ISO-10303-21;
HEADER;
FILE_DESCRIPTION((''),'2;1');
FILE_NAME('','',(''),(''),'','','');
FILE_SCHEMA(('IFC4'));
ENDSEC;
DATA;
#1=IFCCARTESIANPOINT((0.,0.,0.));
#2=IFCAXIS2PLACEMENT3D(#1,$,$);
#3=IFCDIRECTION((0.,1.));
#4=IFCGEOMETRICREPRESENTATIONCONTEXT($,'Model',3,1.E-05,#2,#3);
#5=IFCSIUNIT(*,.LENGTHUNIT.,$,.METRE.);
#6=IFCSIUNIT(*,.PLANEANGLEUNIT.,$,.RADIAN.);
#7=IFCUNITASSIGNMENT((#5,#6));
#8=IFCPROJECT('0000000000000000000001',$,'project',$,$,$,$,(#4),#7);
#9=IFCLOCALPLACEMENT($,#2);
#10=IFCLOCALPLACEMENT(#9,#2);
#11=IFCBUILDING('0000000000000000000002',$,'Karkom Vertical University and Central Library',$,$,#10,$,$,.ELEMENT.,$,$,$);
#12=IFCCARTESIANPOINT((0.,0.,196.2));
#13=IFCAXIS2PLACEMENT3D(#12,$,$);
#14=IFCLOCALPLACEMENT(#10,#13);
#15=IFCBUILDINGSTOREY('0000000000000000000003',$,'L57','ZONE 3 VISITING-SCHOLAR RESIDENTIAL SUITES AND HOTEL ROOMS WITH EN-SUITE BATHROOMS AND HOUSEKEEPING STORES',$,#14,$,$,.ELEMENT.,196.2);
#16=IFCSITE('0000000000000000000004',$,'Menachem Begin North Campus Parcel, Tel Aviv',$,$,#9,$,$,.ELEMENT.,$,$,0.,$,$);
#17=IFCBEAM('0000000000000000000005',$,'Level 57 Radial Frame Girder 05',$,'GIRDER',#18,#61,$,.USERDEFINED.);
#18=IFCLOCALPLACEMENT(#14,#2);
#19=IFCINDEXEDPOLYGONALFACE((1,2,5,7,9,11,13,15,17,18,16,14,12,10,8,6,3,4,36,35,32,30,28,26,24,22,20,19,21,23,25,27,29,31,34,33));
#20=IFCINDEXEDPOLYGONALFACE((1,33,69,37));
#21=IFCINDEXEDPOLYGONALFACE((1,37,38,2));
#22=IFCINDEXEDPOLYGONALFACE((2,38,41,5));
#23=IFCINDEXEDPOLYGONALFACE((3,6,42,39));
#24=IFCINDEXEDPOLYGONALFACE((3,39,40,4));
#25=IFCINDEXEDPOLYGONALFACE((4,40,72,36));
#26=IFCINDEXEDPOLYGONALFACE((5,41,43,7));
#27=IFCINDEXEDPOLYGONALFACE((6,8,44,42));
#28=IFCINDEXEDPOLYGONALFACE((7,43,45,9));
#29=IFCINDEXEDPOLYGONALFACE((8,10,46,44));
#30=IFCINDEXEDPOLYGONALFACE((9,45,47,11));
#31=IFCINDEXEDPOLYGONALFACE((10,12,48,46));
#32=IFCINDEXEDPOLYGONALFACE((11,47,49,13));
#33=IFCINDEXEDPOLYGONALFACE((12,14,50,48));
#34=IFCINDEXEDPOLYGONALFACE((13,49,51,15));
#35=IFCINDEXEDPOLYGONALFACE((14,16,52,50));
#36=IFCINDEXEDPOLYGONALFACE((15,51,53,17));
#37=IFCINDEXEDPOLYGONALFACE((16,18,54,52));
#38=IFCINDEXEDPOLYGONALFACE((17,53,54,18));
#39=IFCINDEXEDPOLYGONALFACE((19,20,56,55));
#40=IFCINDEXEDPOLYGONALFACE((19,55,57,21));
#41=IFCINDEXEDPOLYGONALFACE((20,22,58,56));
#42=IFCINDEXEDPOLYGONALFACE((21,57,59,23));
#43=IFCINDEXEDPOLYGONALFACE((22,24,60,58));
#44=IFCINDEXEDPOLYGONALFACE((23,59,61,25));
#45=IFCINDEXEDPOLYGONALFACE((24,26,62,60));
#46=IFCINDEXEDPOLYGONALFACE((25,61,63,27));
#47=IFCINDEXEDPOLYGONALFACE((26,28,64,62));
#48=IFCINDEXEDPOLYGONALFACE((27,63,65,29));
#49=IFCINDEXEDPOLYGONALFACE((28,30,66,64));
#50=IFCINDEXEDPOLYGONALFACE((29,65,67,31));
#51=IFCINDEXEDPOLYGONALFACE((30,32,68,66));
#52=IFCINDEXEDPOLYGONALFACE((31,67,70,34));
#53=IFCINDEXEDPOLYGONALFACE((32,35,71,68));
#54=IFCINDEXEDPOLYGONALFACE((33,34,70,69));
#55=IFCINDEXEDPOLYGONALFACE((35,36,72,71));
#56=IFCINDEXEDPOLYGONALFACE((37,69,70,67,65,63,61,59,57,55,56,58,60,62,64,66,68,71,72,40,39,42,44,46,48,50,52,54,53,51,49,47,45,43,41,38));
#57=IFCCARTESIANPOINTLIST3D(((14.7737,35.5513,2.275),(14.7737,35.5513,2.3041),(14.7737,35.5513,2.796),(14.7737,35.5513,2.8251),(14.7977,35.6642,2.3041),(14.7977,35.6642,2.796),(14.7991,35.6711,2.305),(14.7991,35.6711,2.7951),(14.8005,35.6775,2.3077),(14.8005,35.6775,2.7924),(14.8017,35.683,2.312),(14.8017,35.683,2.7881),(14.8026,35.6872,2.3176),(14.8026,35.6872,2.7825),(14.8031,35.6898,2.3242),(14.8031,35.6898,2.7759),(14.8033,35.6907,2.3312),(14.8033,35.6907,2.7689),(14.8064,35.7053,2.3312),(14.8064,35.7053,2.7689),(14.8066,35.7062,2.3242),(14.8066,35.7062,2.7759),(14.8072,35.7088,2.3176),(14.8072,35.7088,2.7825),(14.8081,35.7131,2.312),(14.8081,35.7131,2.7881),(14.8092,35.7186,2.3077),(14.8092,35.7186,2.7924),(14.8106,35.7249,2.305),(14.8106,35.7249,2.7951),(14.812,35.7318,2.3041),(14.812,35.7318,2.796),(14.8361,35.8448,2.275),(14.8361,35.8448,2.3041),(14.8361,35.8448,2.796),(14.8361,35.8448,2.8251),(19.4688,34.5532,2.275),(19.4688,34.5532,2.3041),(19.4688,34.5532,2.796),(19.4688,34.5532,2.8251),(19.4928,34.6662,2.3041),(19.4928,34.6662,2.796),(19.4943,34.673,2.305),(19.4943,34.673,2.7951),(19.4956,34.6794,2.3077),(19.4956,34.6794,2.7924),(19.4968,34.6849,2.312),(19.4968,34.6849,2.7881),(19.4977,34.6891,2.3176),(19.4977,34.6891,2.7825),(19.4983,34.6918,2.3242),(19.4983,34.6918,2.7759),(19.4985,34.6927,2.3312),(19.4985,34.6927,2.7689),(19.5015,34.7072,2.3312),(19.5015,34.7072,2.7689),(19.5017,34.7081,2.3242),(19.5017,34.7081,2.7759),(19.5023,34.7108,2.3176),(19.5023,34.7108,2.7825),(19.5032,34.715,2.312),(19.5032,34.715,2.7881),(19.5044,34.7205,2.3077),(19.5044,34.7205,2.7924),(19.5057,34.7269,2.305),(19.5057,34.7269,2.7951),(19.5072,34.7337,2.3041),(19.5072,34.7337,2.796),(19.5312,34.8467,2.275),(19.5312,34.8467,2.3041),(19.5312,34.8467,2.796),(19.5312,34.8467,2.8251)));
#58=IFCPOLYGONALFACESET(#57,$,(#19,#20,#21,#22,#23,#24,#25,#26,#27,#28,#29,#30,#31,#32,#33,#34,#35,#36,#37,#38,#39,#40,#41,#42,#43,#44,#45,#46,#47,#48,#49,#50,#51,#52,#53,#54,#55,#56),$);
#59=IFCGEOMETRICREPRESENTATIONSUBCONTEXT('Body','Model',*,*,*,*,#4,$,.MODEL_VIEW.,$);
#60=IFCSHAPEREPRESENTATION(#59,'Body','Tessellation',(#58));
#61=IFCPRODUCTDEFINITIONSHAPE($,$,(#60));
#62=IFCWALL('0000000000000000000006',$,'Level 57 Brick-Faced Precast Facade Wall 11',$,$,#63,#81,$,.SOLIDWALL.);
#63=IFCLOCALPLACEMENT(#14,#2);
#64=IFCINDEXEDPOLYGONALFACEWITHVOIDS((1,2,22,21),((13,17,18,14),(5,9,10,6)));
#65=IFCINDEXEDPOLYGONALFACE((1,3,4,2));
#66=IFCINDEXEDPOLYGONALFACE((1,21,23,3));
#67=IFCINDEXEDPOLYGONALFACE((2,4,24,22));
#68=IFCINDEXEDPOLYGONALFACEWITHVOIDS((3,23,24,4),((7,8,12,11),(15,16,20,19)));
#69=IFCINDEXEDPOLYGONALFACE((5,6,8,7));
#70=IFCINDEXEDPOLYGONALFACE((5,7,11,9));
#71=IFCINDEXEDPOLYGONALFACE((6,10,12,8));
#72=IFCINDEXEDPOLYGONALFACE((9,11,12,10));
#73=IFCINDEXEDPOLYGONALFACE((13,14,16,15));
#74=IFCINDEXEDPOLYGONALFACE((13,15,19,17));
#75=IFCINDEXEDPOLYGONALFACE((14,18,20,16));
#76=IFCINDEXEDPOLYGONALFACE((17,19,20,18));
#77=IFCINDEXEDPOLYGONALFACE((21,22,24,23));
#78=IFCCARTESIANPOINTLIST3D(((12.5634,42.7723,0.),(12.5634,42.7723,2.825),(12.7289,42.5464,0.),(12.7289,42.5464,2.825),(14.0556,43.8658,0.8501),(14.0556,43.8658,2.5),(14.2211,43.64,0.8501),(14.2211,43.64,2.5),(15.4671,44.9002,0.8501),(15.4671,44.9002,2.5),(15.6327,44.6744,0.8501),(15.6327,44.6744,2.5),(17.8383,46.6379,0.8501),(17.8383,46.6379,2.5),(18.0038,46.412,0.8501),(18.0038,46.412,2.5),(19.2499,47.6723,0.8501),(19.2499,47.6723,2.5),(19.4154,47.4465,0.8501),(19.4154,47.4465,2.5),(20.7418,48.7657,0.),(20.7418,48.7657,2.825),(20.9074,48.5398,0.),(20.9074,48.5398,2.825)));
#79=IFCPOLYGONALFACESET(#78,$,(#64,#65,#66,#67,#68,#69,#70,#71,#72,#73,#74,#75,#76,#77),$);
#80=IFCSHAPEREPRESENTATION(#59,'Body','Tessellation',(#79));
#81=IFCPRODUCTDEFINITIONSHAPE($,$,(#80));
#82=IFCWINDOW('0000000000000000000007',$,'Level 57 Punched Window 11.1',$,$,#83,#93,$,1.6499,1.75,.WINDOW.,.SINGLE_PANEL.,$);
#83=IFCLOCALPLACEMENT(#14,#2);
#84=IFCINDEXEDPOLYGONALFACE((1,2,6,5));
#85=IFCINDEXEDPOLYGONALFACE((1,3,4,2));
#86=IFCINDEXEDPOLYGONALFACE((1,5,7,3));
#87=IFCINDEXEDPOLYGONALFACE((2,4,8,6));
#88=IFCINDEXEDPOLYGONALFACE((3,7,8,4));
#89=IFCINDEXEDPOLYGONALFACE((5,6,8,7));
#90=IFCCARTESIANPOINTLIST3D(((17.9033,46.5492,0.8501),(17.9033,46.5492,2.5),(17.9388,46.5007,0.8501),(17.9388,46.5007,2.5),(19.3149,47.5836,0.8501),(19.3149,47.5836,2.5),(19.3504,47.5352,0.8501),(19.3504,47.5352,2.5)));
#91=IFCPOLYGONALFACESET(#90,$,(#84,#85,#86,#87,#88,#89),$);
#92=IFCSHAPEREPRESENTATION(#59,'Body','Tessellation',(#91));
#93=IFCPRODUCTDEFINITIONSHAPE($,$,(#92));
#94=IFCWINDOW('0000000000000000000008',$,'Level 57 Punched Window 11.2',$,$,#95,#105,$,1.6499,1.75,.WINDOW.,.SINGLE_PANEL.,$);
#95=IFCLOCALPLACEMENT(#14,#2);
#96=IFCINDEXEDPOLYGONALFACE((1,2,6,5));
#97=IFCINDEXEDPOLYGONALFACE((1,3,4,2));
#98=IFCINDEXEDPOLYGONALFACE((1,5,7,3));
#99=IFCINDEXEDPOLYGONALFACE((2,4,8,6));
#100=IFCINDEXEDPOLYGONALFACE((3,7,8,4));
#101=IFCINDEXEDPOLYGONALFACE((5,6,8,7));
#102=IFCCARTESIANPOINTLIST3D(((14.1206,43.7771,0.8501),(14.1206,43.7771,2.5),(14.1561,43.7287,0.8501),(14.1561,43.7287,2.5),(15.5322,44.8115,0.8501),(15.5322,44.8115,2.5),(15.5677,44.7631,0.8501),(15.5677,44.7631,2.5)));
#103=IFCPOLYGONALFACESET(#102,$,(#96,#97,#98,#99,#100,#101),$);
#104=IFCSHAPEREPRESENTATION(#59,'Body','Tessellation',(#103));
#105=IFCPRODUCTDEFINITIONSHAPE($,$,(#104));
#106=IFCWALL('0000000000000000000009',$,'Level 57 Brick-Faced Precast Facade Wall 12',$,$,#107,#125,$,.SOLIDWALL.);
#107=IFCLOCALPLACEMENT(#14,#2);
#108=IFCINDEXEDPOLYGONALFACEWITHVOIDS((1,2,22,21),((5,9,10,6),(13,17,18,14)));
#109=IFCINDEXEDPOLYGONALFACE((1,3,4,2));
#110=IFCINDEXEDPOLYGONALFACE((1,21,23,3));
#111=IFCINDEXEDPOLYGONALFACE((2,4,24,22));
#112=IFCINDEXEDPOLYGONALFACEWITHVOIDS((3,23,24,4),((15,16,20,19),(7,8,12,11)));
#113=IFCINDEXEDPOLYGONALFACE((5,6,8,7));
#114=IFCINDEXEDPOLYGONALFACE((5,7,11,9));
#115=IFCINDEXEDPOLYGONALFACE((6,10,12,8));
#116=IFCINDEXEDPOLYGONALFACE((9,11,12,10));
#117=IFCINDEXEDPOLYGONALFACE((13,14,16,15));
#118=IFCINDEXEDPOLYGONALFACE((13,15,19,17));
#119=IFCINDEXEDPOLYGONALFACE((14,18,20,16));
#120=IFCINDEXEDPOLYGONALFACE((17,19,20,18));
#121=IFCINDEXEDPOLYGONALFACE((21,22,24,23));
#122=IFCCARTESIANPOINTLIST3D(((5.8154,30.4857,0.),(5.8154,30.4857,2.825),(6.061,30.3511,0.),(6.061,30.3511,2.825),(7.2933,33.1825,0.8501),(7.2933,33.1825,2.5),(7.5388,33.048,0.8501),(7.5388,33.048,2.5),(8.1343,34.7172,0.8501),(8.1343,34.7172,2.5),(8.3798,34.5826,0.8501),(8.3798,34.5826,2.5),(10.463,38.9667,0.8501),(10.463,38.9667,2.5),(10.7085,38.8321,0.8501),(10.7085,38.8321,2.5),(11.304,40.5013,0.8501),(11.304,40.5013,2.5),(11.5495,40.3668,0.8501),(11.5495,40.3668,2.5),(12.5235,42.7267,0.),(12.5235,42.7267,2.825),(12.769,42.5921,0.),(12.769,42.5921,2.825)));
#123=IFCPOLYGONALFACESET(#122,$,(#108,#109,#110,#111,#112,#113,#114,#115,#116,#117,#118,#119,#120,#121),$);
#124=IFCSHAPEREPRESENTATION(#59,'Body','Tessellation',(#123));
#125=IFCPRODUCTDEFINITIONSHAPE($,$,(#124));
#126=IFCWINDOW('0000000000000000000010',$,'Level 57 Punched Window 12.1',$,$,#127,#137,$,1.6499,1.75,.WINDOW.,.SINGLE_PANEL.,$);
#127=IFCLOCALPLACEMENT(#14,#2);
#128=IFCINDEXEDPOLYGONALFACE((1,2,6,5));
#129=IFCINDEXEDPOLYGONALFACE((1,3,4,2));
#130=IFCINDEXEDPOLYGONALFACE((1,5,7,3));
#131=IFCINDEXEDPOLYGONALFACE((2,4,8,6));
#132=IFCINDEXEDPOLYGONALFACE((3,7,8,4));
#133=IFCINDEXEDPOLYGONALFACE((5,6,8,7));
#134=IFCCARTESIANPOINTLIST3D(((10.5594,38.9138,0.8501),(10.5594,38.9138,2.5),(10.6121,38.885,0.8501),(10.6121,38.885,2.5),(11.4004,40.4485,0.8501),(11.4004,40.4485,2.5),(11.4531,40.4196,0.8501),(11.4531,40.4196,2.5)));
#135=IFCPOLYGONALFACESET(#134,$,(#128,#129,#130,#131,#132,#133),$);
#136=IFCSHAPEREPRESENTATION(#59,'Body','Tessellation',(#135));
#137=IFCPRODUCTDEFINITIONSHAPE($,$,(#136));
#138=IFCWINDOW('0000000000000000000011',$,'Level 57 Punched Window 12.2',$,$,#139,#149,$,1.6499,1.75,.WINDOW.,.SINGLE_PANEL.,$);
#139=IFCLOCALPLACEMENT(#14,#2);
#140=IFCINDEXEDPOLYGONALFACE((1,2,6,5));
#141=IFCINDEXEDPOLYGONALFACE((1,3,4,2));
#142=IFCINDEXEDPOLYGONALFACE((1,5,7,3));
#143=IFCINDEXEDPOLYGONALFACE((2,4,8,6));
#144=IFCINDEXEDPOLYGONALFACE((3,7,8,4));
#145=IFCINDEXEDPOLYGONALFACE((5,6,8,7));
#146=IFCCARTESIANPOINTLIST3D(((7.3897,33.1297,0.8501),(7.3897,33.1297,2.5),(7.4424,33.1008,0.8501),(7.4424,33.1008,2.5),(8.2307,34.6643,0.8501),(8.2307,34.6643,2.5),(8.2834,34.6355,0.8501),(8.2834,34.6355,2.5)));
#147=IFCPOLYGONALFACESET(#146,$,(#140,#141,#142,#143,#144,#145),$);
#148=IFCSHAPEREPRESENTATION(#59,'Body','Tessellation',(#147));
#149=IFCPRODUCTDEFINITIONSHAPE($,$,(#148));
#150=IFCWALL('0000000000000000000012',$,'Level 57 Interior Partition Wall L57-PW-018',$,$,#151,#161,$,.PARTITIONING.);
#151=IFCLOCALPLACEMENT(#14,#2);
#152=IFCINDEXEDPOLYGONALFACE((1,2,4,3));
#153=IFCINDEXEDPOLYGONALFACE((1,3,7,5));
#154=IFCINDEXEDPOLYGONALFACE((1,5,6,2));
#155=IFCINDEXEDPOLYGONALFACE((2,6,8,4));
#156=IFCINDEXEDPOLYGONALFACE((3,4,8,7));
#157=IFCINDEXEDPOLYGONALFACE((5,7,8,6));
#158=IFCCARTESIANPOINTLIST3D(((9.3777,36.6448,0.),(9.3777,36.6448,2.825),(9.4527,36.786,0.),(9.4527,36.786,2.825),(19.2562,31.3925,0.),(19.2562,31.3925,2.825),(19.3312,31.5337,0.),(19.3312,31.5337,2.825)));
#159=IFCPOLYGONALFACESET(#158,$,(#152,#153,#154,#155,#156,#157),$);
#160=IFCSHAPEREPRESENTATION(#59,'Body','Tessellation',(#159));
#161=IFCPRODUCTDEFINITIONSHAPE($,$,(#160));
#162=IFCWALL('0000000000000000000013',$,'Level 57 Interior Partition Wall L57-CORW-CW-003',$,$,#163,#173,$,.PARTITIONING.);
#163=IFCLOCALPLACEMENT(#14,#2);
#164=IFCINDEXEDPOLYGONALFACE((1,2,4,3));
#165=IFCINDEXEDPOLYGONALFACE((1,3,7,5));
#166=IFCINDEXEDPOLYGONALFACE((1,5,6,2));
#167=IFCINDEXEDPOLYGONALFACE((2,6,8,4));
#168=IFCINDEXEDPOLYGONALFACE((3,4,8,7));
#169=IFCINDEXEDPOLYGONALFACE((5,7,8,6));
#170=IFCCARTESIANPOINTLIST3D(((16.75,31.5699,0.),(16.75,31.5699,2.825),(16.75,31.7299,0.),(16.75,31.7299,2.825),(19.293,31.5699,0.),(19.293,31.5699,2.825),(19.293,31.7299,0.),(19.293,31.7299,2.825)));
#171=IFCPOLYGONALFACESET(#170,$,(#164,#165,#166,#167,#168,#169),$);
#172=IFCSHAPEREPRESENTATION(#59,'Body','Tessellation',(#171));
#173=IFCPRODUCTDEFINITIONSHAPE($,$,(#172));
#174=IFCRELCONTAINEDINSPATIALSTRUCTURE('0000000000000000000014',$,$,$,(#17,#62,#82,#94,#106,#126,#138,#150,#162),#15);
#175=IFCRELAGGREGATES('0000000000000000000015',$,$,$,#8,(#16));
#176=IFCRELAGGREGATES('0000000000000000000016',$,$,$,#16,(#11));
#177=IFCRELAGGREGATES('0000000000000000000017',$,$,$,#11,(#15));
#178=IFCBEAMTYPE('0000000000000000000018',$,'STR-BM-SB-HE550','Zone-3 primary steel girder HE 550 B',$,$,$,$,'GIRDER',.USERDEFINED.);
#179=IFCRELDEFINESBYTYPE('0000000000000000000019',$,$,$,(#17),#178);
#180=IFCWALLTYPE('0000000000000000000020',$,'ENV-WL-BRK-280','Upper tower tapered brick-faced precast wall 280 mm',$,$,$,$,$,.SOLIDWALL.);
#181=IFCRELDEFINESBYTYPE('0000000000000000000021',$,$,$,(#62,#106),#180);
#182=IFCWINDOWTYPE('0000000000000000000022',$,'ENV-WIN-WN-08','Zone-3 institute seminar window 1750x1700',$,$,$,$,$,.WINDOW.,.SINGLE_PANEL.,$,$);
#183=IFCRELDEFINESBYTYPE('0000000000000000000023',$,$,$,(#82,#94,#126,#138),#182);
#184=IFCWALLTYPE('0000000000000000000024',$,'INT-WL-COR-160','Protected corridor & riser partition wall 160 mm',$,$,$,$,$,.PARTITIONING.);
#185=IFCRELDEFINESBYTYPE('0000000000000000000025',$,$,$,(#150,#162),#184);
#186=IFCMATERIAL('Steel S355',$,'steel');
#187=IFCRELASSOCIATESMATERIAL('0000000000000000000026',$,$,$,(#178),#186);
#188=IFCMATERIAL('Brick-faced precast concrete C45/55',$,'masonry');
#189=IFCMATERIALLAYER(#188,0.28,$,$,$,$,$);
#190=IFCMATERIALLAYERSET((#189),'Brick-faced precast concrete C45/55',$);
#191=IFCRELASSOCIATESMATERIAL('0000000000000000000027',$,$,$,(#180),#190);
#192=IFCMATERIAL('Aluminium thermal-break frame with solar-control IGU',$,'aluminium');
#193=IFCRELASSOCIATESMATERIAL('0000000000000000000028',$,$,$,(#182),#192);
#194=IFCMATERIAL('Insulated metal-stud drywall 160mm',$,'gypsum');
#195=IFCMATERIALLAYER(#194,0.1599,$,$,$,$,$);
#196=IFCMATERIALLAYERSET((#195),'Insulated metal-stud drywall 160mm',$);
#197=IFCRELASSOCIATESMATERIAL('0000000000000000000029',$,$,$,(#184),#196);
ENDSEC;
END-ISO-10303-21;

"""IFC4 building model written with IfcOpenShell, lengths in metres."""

from ifc_helpers import new_model, si_unit, direction, frame, frame_2d, origin, origin_with_axes, origin_2d, place, context, subcontext, project, spatial, rectangle, i_section, extrude, source, transform, mapped, material, layer, layer_set, material_profile, profile_set, type_object, element, fill, save


model = new_model("IFC4")

# Units and contexts
model_context = context("Model", 3, precision=1e-05, world=origin(), true_north=direction((0.0, 1.0)))
body_context = subcontext(model_context, "Body", "Model", "MODEL_VIEW")
ifc_project = project(units=[si_unit("LENGTHUNIT", "METRE"), si_unit("PLANEANGLEUNIT", "RADIAN")], contexts=[model_context])

# Site, building, storey
site_placement = place(None, origin())
site = spatial("IfcSite", under=ifc_project, at=site_placement, Name="Menachem Begin North Campus Parcel, Tel Aviv", CompositionType="ELEMENT", RefElevation=0.0)
building_placement = place(site_placement, origin())
building = spatial("IfcBuilding", under=site, at=building_placement, Name="Karkom Vertical University and Central Library", CompositionType="ELEMENT")
storey_placement = place(building_placement, frame((0.0, 0.0, 196.2)))
storey = spatial("IfcBuildingStorey", under=building, at=storey_placement, Name="L57", Description="ZONE 3 VISITING-SCHOLAR RESIDENTIAL SUITES AND HOTEL ROOMS WITH EN-SUITE BATHROOMS AND HOUSEKEEPING STORES", CompositionType="ELEMENT", Elevation=196.2)

# Beam
ifc_material_1 = material(Name="Steel S355", Category="steel")
ifc_material_profile_1 = material_profile(ifc_material_1, i_section(OverallWidth=0.3, OverallDepth=0.55, WebThickness=0.0149, FlangeThickness=0.0291, FilletRadius=0.0271, at=origin_2d()), Name="HE 550 B")
ifc_profile_set_1 = profile_set([ifc_material_profile_1], Name="Steel S355")
beam_type_1 = type_object("IfcBeamType", Name="STR-BM-SB-HE550", Description="Zone-3 primary steel girder HE 550 B", ElementType="GIRDER", PredefinedType="USERDEFINED", material=ifc_profile_set_1)
shared_shape_1 = source(origin_with_axes(), body_context, "Body", "SweptSolid", [
    extrude(i_section(OverallWidth=0.3, OverallDepth=0.55, WebThickness=0.0149, FlangeThickness=0.0291, FilletRadius=0.0271, at=origin_2d()), origin(), (0.0, 0.0, 1.0), 4.8),
])
beam_1_placement = place(storey_placement, frame((19.5, 34.7, 2.55), z_axis=(-0.978144, 0.207927, 0.0), x_axis=(-0.207927, -0.978144, 0.0)))
element("IfcBeam", 1, at=beam_1_placement, inside=storey, type_object=beam_type_1, Name="Level 57 Radial Frame Girder 05", ObjectType="GIRDER", PredefinedType="USERDEFINED", context=body_context, shape_type="MappedRepresentation", body=[
    mapped(shared_shape_1, transform((0.0, 0.0, 0.0), scale=1.0)),
])

# Walls, openings, windows
ifc_material_2 = material(Name="Brick-faced precast concrete C45/55", Category="masonry")
ifc_layer_1 = layer(ifc_material_2, 0.28)
ifc_layer_set_1 = layer_set([ifc_layer_1], Name="Brick-faced precast concrete C45/55")
wall_type_1 = type_object("IfcWallType", Name="ENV-WL-BRK-280", Description="Upper tower tapered brick-faced precast wall 280 mm", PredefinedType="SOLIDWALL", material=ifc_layer_set_1)
wall_1_placement = place(storey_placement, frame((20.8247, 48.6528, 0.0), z_axis=(0.0, 0.0, 1.0), x_axis=(-0.806599, -0.591098, 0.0)))
wall_1 = element("IfcWall", 2, at=wall_1_placement, inside=storey, type_object=wall_type_1, Name="Level 57 Brick-Faced Precast Facade Wall 11", PredefinedType="SOLIDWALL", context=body_context, shape_type="SweptSolid", body=[
    extrude(rectangle(XDim=10.1394, YDim=0.28, at=frame_2d((5.0698, 0.0))), origin(), (0.0, 0.0, 1.0), 2.825),
])
opening_1_placement = place(wall_1_placement, frame((1.8499, 0.0, 0.8501)))
opening_1 = element("IfcOpeningElement", 3, at=opening_1_placement, cuts=wall_1, PredefinedType="OPENING", context=body_context, shape_type="SweptSolid", body=[
    extrude(rectangle(XDim=1.75, YDim=1.6499, at=frame_2d((0.875, 0.825))), frame((0.0, 0.1499, 0.0), z_axis=(0.0, -1.0, 0.0), x_axis=(1.0, 0.0, 0.0)), (0.0, 0.0, 1.0), 0.3),
])
opening_2_placement = place(wall_1_placement, frame((6.5396, 0.0, 0.8501)))
opening_2 = element("IfcOpeningElement", 4, at=opening_2_placement, cuts=wall_1, PredefinedType="OPENING", context=body_context, shape_type="SweptSolid", body=[
    extrude(rectangle(XDim=1.75, YDim=1.6499, at=frame_2d((0.875, 0.825))), frame((0.0, 0.1499, 0.0), z_axis=(0.0, -1.0, 0.0), x_axis=(1.0, 0.0, 0.0)), (0.0, 0.0, 1.0), 0.3),
])
ifc_material_3 = material(Name="Aluminium thermal-break frame with solar-control IGU", Category="aluminium")
window_type = type_object("IfcWindowType", Name="ENV-WIN-WN-08", Description="Zone-3 institute seminar window 1750x1700", PartitioningType="SINGLE_PANEL", PredefinedType="WINDOW", material=ifc_material_3)
shared_shape_2 = source(origin_with_axes(), body_context, "Body", "SweptSolid", [
    extrude(rectangle(XDim=1.75, YDim=1.6499, at=frame_2d((0.875, 0.825))), frame((0.0, 0.03, 0.0), z_axis=(0.0, -1.0, 0.0), x_axis=(1.0, 0.0, 0.0)), (0.0, 0.0, 1.0), 0.0601),
])
window_1_placement = place(opening_1_placement, origin())
window_1 = element("IfcWindow", 5, at=window_1_placement, inside=storey, type_object=window_type, Name="Level 57 Punched Window 11.1", OverallHeight=1.6499, OverallWidth=1.75, PartitioningType="SINGLE_PANEL", PredefinedType="WINDOW", context=body_context, shape_type="MappedRepresentation", body=[
    mapped(shared_shape_2, transform((0.0, 0.0, 0.0), scale=1.0)),
])
fill(opening_1, window_1)
window_2_placement = place(opening_2_placement, origin())
window_2 = element("IfcWindow", 6, at=window_2_placement, inside=storey, type_object=window_type, Name="Level 57 Punched Window 11.2", OverallHeight=1.6499, OverallWidth=1.75, PartitioningType="SINGLE_PANEL", PredefinedType="WINDOW", context=body_context, shape_type="MappedRepresentation", body=[
    mapped(shared_shape_2, transform((0.0, 0.0, 0.0), scale=1.0)),
])
fill(opening_2, window_2)
wall_2_placement = place(storey_placement, frame((12.6462, 42.6594, 0.0), z_axis=(0.0, 0.0, 1.0), x_axis=(-0.480569, -0.876957, 0.0)))
wall_2 = element("IfcWall", 7, at=wall_2_placement, inside=storey, type_object=wall_type_1, Name="Level 57 Brick-Faced Precast Facade Wall 12", PredefinedType="SOLIDWALL", context=body_context, shape_type="SweptSolid", body=[
    extrude(rectangle(XDim=13.9585, YDim=0.28, at=frame_2d((6.9792, 0.0))), origin(), (0.0, 0.0, 1.0), 2.825),
])
opening_3_placement = place(wall_2_placement, frame((2.5376, 0.0, 0.8501)))
opening_3 = element("IfcOpeningElement", 8, at=opening_3_placement, cuts=wall_2, PredefinedType="OPENING", context=body_context, shape_type="SweptSolid", body=[
    extrude(rectangle(XDim=1.75, YDim=1.6499, at=frame_2d((0.875, 0.825))), frame((0.0, 0.1499, 0.0), z_axis=(0.0, -1.0, 0.0), x_axis=(1.0, 0.0, 0.0)), (0.0, 0.0, 1.0), 0.3),
])
opening_4_placement = place(wall_2_placement, frame((9.1333, 0.0, 0.8501)))
opening_4 = element("IfcOpeningElement", 9, at=opening_4_placement, cuts=wall_2, PredefinedType="OPENING", context=body_context, shape_type="SweptSolid", body=[
    extrude(rectangle(XDim=1.75, YDim=1.6499, at=frame_2d((0.875, 0.825))), frame((0.0, 0.1499, 0.0), z_axis=(0.0, -1.0, 0.0), x_axis=(1.0, 0.0, 0.0)), (0.0, 0.0, 1.0), 0.3),
])
window_3_placement = place(opening_3_placement, origin())
window_3 = element("IfcWindow", 10, at=window_3_placement, inside=storey, type_object=window_type, Name="Level 57 Punched Window 12.1", OverallHeight=1.6499, OverallWidth=1.75, PartitioningType="SINGLE_PANEL", PredefinedType="WINDOW", context=body_context, shape_type="MappedRepresentation", body=[
    mapped(shared_shape_2, transform((0.0, 0.0, 0.0), scale=1.0)),
])
fill(opening_3, window_3)
window_4_placement = place(opening_4_placement, origin())
window_4 = element("IfcWindow", 11, at=window_4_placement, inside=storey, type_object=window_type, Name="Level 57 Punched Window 12.2", OverallHeight=1.6499, OverallWidth=1.75, PartitioningType="SINGLE_PANEL", PredefinedType="WINDOW", context=body_context, shape_type="MappedRepresentation", body=[
    mapped(shared_shape_2, transform((0.0, 0.0, 0.0), scale=1.0)),
])
fill(opening_4, window_4)

# Walls
ifc_material_4 = material(Name="Insulated metal-stud drywall 160mm", Category="gypsum")
ifc_layer_2 = layer(ifc_material_4, 0.1599)
ifc_layer_set_2 = layer_set([ifc_layer_2], Name="Insulated metal-stud drywall 160mm")
wall_type_2 = type_object("IfcWallType", Name="INT-WL-COR-160", Description="Protected corridor & riser partition wall 160 mm", PredefinedType="PARTITIONING", material=ifc_layer_set_2)
wall_3_placement = place(storey_placement, frame((19.2937, 31.4631, 0.0), z_axis=(0.0, 0.0, 1.0), x_axis=(-0.882957, 0.469454, 0.0)))
element("IfcWall", 12, at=wall_3_placement, inside=storey, type_object=wall_type_2, Name="Level 57 Interior Partition Wall L57-PW-018", PredefinedType="PARTITIONING", context=body_context, shape_type="SweptSolid", body=[
    extrude(rectangle(XDim=11.188, YDim=0.1599, at=frame_2d((5.594, 0.0))), origin(), (0.0, 0.0, 1.0), 2.825),
])
wall_4_placement = place(storey_placement, frame((16.75, 31.6499, 0.0), z_axis=(0.0, 0.0, 1.0), x_axis=(1.0, 0.0, 0.0)))
element("IfcWall", 13, at=wall_4_placement, inside=storey, type_object=wall_type_2, Name="Level 57 Interior Partition Wall L57-CORW-CW-003", PredefinedType="PARTITIONING", context=body_context, shape_type="SweptSolid", body=[
    extrude(rectangle(XDim=2.543, YDim=0.1599, at=frame_2d((1.2715, 0.0))), origin(), (0.0, 0.0, 1.0), 2.825),
])

save(model, "model.ifc")
